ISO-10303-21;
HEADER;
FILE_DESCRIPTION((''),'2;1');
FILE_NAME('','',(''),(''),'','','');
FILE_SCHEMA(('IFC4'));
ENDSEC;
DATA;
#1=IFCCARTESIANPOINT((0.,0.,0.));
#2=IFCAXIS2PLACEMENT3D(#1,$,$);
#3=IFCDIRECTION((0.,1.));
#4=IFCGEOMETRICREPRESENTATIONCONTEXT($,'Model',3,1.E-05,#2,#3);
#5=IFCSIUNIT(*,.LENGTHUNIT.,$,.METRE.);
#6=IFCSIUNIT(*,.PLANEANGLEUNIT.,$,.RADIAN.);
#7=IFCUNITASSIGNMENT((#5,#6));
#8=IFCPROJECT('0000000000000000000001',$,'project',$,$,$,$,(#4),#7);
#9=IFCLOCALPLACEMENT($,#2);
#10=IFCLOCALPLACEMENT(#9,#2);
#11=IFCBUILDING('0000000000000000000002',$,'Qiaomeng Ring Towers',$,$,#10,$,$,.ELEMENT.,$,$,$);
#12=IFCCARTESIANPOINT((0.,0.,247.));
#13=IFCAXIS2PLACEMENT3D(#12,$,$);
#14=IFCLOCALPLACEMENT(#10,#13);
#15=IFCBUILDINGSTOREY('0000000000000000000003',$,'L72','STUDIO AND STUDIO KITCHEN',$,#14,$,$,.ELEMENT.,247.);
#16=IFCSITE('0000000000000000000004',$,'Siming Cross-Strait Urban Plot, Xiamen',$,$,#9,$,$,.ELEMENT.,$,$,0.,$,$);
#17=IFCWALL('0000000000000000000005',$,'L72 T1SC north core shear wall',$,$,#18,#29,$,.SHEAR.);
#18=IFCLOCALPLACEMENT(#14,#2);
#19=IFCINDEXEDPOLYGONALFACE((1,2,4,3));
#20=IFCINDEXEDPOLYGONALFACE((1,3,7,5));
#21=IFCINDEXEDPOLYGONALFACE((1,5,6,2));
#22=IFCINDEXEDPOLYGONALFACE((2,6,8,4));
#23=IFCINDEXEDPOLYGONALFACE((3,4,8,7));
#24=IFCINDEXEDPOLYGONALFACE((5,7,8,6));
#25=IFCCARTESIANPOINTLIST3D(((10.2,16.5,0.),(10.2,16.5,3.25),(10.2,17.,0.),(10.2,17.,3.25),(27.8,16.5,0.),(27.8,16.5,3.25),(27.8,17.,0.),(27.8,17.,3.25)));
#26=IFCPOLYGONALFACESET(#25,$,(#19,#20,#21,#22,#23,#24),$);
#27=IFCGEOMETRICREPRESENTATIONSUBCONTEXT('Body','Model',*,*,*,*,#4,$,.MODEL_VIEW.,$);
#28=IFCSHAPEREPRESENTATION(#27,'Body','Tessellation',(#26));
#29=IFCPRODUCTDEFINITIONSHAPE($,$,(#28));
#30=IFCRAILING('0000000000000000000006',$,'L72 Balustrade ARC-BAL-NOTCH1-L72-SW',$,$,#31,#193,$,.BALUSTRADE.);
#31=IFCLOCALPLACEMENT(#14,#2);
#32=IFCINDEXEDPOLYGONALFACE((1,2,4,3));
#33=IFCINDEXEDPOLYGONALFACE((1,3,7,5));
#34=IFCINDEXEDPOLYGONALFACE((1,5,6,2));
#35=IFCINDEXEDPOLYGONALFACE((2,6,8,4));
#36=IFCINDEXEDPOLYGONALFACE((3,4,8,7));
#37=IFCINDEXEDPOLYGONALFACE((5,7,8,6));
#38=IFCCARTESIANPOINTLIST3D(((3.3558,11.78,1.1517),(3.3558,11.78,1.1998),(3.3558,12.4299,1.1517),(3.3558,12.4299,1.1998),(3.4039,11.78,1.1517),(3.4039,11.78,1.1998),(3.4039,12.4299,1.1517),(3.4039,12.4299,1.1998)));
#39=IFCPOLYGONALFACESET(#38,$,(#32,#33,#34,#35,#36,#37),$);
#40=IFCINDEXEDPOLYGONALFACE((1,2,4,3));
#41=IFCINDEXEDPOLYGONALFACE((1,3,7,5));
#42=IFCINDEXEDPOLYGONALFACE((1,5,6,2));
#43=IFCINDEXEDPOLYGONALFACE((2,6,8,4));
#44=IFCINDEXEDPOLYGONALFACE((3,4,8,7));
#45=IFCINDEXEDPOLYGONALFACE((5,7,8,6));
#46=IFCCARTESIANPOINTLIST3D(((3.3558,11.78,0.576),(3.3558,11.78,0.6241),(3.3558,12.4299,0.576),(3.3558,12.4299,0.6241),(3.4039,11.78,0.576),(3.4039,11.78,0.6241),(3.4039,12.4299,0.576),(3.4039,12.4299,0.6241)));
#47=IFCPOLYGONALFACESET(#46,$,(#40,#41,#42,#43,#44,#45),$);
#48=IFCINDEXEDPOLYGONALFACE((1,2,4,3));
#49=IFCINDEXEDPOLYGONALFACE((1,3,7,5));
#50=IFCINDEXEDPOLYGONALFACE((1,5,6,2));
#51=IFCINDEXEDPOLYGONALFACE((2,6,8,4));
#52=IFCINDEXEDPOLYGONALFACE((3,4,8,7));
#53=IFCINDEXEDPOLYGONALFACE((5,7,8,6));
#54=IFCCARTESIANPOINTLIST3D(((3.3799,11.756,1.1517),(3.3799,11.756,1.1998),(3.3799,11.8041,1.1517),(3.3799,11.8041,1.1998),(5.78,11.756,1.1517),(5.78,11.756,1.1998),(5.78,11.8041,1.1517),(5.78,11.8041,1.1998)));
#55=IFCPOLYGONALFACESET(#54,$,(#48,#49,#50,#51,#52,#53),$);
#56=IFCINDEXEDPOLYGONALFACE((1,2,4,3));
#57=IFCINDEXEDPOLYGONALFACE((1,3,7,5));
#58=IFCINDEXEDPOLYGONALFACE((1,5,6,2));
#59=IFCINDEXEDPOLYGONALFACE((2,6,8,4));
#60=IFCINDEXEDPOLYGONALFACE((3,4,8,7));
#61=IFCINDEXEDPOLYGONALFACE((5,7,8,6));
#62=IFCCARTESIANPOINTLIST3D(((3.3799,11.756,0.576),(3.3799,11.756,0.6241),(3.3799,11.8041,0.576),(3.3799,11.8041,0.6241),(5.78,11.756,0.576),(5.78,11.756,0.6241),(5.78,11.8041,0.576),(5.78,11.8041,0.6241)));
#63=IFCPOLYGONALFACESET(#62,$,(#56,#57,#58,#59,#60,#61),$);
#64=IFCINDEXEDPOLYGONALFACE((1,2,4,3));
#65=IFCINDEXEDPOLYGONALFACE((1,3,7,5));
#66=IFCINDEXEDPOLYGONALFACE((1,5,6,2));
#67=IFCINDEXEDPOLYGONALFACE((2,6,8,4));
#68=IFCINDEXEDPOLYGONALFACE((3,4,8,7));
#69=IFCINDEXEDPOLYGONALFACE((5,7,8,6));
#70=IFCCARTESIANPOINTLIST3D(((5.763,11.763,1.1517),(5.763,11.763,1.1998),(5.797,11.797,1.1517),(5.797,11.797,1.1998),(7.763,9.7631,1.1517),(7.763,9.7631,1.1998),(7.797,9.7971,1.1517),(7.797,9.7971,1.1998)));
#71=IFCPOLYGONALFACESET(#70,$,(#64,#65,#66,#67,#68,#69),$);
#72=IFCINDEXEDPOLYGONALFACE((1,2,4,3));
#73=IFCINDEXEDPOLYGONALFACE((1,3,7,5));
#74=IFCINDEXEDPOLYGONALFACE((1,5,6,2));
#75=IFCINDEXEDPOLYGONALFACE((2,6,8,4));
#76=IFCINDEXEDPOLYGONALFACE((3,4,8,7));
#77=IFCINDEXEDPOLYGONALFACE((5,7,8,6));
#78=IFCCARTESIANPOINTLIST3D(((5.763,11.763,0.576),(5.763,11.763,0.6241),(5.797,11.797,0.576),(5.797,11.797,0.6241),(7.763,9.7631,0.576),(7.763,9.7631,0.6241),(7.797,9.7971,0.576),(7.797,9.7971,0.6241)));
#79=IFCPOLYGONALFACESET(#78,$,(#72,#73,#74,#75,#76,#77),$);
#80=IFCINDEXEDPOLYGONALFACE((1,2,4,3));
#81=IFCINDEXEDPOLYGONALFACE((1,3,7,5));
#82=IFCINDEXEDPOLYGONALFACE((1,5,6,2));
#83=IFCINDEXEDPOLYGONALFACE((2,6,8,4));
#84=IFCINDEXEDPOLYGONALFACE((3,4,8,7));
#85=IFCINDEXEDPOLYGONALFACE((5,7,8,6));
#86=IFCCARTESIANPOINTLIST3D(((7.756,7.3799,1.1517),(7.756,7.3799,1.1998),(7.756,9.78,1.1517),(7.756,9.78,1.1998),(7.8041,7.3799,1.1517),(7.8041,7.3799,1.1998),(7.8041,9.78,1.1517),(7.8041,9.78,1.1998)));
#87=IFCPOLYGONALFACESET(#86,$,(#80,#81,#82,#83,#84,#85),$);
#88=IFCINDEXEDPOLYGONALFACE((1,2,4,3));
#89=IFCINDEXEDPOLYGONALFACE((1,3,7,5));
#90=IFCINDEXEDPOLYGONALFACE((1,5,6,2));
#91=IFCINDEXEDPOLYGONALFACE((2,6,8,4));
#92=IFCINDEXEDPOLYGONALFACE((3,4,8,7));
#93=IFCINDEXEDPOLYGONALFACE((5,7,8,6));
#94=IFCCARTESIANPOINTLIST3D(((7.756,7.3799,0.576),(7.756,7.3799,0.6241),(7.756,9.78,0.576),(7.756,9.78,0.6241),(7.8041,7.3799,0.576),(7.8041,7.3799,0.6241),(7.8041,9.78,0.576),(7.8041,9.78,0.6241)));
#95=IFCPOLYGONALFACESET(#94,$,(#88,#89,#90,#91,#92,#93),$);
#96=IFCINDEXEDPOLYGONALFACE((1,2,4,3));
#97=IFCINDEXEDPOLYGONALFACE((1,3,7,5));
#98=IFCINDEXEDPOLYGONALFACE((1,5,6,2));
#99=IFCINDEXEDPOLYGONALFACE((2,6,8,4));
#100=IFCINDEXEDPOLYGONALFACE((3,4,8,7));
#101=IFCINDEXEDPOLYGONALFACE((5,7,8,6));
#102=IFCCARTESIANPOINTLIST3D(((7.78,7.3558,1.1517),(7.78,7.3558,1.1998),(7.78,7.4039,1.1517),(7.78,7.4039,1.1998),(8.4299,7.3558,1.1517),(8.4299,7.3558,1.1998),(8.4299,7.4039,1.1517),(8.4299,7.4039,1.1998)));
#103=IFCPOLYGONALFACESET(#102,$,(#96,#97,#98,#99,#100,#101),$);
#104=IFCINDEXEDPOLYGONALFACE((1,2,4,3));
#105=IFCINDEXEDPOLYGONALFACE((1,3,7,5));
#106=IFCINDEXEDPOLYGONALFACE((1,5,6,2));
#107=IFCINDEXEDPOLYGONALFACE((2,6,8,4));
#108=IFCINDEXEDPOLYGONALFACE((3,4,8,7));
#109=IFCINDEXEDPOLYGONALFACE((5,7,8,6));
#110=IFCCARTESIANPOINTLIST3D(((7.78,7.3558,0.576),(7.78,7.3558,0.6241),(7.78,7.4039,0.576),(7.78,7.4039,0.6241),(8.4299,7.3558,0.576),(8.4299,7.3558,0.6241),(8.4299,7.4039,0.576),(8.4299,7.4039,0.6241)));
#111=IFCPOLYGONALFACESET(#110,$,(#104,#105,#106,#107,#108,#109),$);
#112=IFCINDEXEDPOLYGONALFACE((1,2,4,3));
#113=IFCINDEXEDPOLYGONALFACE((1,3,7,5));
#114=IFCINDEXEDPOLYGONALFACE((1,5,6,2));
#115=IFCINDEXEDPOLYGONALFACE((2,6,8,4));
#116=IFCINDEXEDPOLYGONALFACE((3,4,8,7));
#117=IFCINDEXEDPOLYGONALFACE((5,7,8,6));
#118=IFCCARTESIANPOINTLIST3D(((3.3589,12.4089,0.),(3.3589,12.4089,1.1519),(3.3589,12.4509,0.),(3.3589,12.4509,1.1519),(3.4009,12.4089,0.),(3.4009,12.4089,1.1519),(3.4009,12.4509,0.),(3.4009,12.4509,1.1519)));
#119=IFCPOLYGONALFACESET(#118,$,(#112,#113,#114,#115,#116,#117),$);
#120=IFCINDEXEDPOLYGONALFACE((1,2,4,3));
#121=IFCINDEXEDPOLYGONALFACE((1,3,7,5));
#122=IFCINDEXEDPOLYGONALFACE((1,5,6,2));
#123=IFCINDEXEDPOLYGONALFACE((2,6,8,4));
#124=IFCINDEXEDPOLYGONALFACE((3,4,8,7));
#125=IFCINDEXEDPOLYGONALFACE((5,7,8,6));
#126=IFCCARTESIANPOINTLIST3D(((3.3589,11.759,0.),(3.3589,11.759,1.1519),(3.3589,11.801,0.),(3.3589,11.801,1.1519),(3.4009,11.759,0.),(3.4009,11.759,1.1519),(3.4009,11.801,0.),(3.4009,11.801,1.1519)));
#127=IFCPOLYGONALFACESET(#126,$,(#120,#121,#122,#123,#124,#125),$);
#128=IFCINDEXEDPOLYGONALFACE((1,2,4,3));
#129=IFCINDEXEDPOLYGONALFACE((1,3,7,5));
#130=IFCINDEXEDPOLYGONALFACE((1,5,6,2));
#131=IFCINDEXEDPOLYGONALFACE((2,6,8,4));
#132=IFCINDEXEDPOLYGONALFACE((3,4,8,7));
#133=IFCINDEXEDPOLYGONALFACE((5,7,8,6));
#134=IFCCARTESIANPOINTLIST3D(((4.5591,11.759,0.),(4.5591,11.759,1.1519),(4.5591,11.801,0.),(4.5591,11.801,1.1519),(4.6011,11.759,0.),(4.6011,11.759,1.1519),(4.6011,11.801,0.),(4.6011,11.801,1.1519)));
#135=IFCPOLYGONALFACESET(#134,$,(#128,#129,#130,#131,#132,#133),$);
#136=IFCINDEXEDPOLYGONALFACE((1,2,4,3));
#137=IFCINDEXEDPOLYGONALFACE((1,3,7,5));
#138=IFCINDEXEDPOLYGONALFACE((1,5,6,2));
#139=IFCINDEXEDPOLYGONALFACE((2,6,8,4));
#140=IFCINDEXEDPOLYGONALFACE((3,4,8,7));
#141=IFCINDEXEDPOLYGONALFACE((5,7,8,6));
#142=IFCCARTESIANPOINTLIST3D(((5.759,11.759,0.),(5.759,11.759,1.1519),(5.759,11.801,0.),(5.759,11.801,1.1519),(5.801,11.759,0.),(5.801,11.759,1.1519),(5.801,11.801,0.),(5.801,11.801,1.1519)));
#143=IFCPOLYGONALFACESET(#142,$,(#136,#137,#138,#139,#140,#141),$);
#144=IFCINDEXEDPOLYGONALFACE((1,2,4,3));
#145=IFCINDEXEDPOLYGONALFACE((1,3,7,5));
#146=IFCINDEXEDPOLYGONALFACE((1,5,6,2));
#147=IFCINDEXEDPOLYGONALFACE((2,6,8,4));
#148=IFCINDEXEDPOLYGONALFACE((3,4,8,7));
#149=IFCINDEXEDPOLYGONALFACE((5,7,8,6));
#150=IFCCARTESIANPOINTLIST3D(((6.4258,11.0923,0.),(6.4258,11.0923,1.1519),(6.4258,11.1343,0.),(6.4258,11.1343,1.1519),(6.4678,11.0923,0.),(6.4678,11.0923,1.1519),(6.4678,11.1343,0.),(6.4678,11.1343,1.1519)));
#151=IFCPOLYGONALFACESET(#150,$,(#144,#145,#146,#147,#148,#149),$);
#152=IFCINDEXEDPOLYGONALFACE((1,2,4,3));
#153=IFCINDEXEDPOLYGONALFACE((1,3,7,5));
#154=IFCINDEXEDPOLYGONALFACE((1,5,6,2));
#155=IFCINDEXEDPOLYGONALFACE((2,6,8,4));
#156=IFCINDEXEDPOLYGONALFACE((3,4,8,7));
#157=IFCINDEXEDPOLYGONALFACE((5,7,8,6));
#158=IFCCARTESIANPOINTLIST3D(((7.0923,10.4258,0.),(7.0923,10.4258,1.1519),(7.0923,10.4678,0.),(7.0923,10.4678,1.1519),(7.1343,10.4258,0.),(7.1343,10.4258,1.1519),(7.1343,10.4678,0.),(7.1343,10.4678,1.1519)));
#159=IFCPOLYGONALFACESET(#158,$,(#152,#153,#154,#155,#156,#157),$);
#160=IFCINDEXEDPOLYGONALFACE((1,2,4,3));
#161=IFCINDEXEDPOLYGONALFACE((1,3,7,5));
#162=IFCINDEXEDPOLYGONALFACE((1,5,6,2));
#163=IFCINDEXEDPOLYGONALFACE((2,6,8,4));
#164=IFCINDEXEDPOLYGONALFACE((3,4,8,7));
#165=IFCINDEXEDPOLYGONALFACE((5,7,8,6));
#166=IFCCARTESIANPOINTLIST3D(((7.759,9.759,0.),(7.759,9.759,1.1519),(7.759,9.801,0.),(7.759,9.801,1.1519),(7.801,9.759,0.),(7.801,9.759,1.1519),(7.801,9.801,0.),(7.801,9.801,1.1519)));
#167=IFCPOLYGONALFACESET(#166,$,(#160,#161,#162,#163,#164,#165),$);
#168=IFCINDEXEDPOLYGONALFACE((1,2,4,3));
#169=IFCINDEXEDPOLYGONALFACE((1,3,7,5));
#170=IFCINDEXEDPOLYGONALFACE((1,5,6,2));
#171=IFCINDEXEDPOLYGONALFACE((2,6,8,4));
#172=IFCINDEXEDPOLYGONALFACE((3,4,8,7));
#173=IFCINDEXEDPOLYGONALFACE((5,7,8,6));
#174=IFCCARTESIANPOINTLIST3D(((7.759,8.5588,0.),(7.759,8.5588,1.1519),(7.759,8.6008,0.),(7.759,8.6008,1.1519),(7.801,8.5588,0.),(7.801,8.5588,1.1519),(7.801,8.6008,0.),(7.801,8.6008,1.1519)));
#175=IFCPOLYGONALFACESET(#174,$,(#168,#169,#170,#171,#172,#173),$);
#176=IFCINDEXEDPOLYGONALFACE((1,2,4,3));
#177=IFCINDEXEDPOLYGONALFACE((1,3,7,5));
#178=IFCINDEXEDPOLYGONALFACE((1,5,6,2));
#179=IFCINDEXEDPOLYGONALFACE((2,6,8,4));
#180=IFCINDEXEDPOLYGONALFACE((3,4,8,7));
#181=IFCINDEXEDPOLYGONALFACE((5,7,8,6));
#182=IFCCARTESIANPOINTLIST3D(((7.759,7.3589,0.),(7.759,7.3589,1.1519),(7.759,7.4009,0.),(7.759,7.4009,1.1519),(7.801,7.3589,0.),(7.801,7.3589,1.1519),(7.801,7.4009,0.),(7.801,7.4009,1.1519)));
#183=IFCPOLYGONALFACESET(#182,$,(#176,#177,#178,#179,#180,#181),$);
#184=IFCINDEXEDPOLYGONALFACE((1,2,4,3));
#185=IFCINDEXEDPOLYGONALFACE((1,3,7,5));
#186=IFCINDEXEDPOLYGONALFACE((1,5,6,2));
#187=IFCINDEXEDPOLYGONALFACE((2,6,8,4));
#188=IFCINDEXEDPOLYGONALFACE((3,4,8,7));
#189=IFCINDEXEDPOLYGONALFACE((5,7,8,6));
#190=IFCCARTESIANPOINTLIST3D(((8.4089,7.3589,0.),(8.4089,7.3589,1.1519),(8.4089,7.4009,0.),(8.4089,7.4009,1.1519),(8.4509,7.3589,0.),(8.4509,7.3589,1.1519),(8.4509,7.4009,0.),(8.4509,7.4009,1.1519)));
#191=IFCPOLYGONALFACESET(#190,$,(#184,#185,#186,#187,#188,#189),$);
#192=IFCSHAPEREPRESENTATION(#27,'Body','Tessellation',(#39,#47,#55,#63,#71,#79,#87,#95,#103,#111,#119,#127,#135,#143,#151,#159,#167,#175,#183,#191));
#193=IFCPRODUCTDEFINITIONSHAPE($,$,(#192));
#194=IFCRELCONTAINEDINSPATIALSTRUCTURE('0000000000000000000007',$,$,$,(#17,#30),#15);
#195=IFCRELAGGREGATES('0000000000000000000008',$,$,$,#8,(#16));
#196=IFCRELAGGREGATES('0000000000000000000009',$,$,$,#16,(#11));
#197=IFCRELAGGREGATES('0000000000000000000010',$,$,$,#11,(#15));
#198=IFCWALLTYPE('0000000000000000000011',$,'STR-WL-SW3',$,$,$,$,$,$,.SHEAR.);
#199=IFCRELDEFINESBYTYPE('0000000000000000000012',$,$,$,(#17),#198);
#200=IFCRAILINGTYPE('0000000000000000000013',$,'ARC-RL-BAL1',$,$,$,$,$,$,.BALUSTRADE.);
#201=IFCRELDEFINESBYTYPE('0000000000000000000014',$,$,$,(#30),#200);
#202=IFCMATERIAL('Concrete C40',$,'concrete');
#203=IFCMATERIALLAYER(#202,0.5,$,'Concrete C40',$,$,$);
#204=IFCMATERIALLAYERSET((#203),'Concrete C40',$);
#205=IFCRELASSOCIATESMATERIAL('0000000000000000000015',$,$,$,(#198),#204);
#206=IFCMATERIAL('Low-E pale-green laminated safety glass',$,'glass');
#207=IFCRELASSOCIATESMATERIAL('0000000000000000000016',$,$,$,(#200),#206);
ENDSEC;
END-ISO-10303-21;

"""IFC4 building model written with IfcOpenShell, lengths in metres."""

from ifc_helpers import new_model, si_unit, direction, frame, frame_2d, origin, origin_2d, place, context, subcontext, project, spatial, rectangle, extrude, material, layer, layer_set, type_object, element, save


model = new_model("IFC4")

# Units and contexts
model_context = context("Model", 3, precision=1e-05, world=origin(), true_north=direction((0.0, 1.0)))
body_context = subcontext(model_context, "Body", "Model", "MODEL_VIEW")
ifc_project = project(units=[si_unit("LENGTHUNIT", "METRE"), si_unit("PLANEANGLEUNIT", "RADIAN")], contexts=[model_context])

# Site, building, storey
site_placement = place(None, origin())
site = spatial("IfcSite", under=ifc_project, at=site_placement, Name="Siming Cross-Strait Urban Plot, Xiamen", CompositionType="ELEMENT", RefElevation=0.0)
building_placement = place(site_placement, origin())
building = spatial("IfcBuilding", under=site, at=building_placement, Name="Qiaomeng Ring Towers", CompositionType="ELEMENT")
storey_placement = place(building_placement, frame((0.0, 0.0, 247.0)))
storey = spatial("IfcBuildingStorey", under=building, at=storey_placement, Name="L72", Description="STUDIO AND STUDIO KITCHEN", CompositionType="ELEMENT", Elevation=247.0)

# Shared definitions
ifc_material_1 = material(Name="Concrete C40", Category="concrete")

# Wall
ifc_layer_1 = layer(ifc_material_1, 0.5, Name="Concrete C40")
ifc_layer_set_1 = layer_set([ifc_layer_1], Name="Concrete C40")
wall_type_1 = type_object("IfcWallType", Name="STR-WL-SW3", PredefinedType="SHEAR", material=ifc_layer_set_1)
wall_1_placement = place(storey_placement, frame((10.2, 16.75, 0.0), z_axis=(0.0, 0.0, 1.0), x_axis=(1.0, 0.0, 0.0)))
element("IfcWall", 1, at=wall_1_placement, inside=storey, type_object=wall_type_1, Name="L72 T1SC north core shear wall", PredefinedType="SHEAR", context=body_context, shape_type="SweptSolid", body=[
    extrude(rectangle(XDim=17.6001, YDim=0.5, at=frame_2d((8.8, 0.0))), origin(), (0.0, 0.0, 1.0), 3.25),
])

# Railing
ifc_material_2 = material(Name="Low-E pale-green laminated safety glass", Category="glass")
railing_type = type_object("IfcRailingType", Name="ARC-RL-BAL1", PredefinedType="BALUSTRADE", material=ifc_material_2)
railing_1_placement = place(storey_placement, frame((3.3799, 12.4299, 0.0)))
element("IfcRailing", 2, at=railing_1_placement, inside=storey, type_object=railing_type, Name="L72 Balustrade ARC-BAL-NOTCH1-L72-SW", PredefinedType="BALUSTRADE", context=body_context, shape_type="SweptSolid", body=[
    extrude(rectangle(XDim=0.0481, YDim=0.0481, at=origin_2d()), frame((0.0, 0.0, 1.1758), z_axis=(0.0, -1.0, 0.0), x_axis=(1.0, 0.0, 0.0)), (0.0, 0.0, 1.0), 0.6499),
    extrude(rectangle(XDim=0.0481, YDim=0.0481, at=origin_2d()), frame((0.0, 0.0, 0.6001), z_axis=(0.0, -1.0, 0.0), x_axis=(1.0, 0.0, 0.0)), (0.0, 0.0, 1.0), 0.6499),
    extrude(rectangle(XDim=0.0481, YDim=0.0481, at=origin_2d()), frame((0.0, -0.6499, 1.1758), z_axis=(1.0, 0.0, 0.0), x_axis=(0.0, 1.0, 0.0)), (0.0, 0.0, 1.0), 2.4001),
    extrude(rectangle(XDim=0.0481, YDim=0.0481, at=origin_2d()), frame((0.0, -0.6499, 0.6001), z_axis=(1.0, 0.0, 0.0), x_axis=(0.0, 1.0, 0.0)), (0.0, 0.0, 1.0), 2.4001),
    extrude(rectangle(XDim=0.0481, YDim=0.0481, at=origin_2d()), frame((2.4001, -0.6499, 1.1758), z_axis=(0.707107, -0.707107, 0.0), x_axis=(0.707107, 0.707107, 0.0)), (0.0, 0.0, 1.0), 2.8284),
    extrude(rectangle(XDim=0.0481, YDim=0.0481, at=origin_2d()), frame((2.4001, -0.6499, 0.6001), z_axis=(0.707107, -0.707107, 0.0), x_axis=(0.707107, 0.707107, 0.0)), (0.0, 0.0, 1.0), 2.8284),
    extrude(rectangle(XDim=0.0481, YDim=0.0481, at=origin_2d()), frame((4.4001, -2.6499, 1.1758), z_axis=(0.0, -1.0, 0.0), x_axis=(1.0, 0.0, 0.0)), (0.0, 0.0, 1.0), 2.4001),
    extrude(rectangle(XDim=0.0481, YDim=0.0481, at=origin_2d()), frame((4.4001, -2.6499, 0.6001), z_axis=(0.0, -1.0, 0.0), x_axis=(1.0, 0.0, 0.0)), (0.0, 0.0, 1.0), 2.4001),
    extrude(rectangle(XDim=0.0481, YDim=0.0481, at=origin_2d()), frame((4.4001, -5.05, 1.1758), z_axis=(1.0, 0.0, 0.0), x_axis=(0.0, 1.0, 0.0)), (0.0, 0.0, 1.0), 0.6499),
    extrude(rectangle(XDim=0.0481, YDim=0.0481, at=origin_2d()), frame((4.4001, -5.05, 0.6001), z_axis=(1.0, 0.0, 0.0), x_axis=(0.0, 1.0, 0.0)), (0.0, 0.0, 1.0), 0.6499),
    extrude(rectangle(XDim=0.042, YDim=0.042, at=origin_2d()), origin(), (0.0, 0.0, 1.0), 1.1519),
    extrude(rectangle(XDim=0.042, YDim=0.042, at=origin_2d()), frame((0.0, -0.6499, 0.0)), (0.0, 0.0, 1.0), 1.1519),
    extrude(rectangle(XDim=0.042, YDim=0.042, at=origin_2d()), frame((1.2002, -0.6499, 0.0)), (0.0, 0.0, 1.0), 1.1519),
    extrude(rectangle(XDim=0.042, YDim=0.042, at=origin_2d()), frame((2.4001, -0.6499, 0.0)), (0.0, 0.0, 1.0), 1.1519),
    extrude(rectangle(XDim=0.042, YDim=0.042, at=origin_2d()), frame((3.0669, -1.3167, 0.0)), (0.0, 0.0, 1.0), 1.1519),
    extrude(rectangle(XDim=0.042, YDim=0.042, at=origin_2d()), frame((3.7334, -1.9832, 0.0)), (0.0, 0.0, 1.0), 1.1519),
    extrude(rectangle(XDim=0.042, YDim=0.042, at=origin_2d()), frame((4.4001, -2.6499, 0.0)), (0.0, 0.0, 1.0), 1.1519),
    extrude(rectangle(XDim=0.042, YDim=0.042, at=origin_2d()), frame((4.4001, -3.8501, 0.0)), (0.0, 0.0, 1.0), 1.1519),
    extrude(rectangle(XDim=0.042, YDim=0.042, at=origin_2d()), frame((4.4001, -5.05, 0.0)), (0.0, 0.0, 1.0), 1.1519),
    extrude(rectangle(XDim=0.042, YDim=0.042, at=origin_2d()), frame((5.05, -5.05, 0.0)), (0.0, 0.0, 1.0), 1.1519),
])

save(model, "model.ifc")
